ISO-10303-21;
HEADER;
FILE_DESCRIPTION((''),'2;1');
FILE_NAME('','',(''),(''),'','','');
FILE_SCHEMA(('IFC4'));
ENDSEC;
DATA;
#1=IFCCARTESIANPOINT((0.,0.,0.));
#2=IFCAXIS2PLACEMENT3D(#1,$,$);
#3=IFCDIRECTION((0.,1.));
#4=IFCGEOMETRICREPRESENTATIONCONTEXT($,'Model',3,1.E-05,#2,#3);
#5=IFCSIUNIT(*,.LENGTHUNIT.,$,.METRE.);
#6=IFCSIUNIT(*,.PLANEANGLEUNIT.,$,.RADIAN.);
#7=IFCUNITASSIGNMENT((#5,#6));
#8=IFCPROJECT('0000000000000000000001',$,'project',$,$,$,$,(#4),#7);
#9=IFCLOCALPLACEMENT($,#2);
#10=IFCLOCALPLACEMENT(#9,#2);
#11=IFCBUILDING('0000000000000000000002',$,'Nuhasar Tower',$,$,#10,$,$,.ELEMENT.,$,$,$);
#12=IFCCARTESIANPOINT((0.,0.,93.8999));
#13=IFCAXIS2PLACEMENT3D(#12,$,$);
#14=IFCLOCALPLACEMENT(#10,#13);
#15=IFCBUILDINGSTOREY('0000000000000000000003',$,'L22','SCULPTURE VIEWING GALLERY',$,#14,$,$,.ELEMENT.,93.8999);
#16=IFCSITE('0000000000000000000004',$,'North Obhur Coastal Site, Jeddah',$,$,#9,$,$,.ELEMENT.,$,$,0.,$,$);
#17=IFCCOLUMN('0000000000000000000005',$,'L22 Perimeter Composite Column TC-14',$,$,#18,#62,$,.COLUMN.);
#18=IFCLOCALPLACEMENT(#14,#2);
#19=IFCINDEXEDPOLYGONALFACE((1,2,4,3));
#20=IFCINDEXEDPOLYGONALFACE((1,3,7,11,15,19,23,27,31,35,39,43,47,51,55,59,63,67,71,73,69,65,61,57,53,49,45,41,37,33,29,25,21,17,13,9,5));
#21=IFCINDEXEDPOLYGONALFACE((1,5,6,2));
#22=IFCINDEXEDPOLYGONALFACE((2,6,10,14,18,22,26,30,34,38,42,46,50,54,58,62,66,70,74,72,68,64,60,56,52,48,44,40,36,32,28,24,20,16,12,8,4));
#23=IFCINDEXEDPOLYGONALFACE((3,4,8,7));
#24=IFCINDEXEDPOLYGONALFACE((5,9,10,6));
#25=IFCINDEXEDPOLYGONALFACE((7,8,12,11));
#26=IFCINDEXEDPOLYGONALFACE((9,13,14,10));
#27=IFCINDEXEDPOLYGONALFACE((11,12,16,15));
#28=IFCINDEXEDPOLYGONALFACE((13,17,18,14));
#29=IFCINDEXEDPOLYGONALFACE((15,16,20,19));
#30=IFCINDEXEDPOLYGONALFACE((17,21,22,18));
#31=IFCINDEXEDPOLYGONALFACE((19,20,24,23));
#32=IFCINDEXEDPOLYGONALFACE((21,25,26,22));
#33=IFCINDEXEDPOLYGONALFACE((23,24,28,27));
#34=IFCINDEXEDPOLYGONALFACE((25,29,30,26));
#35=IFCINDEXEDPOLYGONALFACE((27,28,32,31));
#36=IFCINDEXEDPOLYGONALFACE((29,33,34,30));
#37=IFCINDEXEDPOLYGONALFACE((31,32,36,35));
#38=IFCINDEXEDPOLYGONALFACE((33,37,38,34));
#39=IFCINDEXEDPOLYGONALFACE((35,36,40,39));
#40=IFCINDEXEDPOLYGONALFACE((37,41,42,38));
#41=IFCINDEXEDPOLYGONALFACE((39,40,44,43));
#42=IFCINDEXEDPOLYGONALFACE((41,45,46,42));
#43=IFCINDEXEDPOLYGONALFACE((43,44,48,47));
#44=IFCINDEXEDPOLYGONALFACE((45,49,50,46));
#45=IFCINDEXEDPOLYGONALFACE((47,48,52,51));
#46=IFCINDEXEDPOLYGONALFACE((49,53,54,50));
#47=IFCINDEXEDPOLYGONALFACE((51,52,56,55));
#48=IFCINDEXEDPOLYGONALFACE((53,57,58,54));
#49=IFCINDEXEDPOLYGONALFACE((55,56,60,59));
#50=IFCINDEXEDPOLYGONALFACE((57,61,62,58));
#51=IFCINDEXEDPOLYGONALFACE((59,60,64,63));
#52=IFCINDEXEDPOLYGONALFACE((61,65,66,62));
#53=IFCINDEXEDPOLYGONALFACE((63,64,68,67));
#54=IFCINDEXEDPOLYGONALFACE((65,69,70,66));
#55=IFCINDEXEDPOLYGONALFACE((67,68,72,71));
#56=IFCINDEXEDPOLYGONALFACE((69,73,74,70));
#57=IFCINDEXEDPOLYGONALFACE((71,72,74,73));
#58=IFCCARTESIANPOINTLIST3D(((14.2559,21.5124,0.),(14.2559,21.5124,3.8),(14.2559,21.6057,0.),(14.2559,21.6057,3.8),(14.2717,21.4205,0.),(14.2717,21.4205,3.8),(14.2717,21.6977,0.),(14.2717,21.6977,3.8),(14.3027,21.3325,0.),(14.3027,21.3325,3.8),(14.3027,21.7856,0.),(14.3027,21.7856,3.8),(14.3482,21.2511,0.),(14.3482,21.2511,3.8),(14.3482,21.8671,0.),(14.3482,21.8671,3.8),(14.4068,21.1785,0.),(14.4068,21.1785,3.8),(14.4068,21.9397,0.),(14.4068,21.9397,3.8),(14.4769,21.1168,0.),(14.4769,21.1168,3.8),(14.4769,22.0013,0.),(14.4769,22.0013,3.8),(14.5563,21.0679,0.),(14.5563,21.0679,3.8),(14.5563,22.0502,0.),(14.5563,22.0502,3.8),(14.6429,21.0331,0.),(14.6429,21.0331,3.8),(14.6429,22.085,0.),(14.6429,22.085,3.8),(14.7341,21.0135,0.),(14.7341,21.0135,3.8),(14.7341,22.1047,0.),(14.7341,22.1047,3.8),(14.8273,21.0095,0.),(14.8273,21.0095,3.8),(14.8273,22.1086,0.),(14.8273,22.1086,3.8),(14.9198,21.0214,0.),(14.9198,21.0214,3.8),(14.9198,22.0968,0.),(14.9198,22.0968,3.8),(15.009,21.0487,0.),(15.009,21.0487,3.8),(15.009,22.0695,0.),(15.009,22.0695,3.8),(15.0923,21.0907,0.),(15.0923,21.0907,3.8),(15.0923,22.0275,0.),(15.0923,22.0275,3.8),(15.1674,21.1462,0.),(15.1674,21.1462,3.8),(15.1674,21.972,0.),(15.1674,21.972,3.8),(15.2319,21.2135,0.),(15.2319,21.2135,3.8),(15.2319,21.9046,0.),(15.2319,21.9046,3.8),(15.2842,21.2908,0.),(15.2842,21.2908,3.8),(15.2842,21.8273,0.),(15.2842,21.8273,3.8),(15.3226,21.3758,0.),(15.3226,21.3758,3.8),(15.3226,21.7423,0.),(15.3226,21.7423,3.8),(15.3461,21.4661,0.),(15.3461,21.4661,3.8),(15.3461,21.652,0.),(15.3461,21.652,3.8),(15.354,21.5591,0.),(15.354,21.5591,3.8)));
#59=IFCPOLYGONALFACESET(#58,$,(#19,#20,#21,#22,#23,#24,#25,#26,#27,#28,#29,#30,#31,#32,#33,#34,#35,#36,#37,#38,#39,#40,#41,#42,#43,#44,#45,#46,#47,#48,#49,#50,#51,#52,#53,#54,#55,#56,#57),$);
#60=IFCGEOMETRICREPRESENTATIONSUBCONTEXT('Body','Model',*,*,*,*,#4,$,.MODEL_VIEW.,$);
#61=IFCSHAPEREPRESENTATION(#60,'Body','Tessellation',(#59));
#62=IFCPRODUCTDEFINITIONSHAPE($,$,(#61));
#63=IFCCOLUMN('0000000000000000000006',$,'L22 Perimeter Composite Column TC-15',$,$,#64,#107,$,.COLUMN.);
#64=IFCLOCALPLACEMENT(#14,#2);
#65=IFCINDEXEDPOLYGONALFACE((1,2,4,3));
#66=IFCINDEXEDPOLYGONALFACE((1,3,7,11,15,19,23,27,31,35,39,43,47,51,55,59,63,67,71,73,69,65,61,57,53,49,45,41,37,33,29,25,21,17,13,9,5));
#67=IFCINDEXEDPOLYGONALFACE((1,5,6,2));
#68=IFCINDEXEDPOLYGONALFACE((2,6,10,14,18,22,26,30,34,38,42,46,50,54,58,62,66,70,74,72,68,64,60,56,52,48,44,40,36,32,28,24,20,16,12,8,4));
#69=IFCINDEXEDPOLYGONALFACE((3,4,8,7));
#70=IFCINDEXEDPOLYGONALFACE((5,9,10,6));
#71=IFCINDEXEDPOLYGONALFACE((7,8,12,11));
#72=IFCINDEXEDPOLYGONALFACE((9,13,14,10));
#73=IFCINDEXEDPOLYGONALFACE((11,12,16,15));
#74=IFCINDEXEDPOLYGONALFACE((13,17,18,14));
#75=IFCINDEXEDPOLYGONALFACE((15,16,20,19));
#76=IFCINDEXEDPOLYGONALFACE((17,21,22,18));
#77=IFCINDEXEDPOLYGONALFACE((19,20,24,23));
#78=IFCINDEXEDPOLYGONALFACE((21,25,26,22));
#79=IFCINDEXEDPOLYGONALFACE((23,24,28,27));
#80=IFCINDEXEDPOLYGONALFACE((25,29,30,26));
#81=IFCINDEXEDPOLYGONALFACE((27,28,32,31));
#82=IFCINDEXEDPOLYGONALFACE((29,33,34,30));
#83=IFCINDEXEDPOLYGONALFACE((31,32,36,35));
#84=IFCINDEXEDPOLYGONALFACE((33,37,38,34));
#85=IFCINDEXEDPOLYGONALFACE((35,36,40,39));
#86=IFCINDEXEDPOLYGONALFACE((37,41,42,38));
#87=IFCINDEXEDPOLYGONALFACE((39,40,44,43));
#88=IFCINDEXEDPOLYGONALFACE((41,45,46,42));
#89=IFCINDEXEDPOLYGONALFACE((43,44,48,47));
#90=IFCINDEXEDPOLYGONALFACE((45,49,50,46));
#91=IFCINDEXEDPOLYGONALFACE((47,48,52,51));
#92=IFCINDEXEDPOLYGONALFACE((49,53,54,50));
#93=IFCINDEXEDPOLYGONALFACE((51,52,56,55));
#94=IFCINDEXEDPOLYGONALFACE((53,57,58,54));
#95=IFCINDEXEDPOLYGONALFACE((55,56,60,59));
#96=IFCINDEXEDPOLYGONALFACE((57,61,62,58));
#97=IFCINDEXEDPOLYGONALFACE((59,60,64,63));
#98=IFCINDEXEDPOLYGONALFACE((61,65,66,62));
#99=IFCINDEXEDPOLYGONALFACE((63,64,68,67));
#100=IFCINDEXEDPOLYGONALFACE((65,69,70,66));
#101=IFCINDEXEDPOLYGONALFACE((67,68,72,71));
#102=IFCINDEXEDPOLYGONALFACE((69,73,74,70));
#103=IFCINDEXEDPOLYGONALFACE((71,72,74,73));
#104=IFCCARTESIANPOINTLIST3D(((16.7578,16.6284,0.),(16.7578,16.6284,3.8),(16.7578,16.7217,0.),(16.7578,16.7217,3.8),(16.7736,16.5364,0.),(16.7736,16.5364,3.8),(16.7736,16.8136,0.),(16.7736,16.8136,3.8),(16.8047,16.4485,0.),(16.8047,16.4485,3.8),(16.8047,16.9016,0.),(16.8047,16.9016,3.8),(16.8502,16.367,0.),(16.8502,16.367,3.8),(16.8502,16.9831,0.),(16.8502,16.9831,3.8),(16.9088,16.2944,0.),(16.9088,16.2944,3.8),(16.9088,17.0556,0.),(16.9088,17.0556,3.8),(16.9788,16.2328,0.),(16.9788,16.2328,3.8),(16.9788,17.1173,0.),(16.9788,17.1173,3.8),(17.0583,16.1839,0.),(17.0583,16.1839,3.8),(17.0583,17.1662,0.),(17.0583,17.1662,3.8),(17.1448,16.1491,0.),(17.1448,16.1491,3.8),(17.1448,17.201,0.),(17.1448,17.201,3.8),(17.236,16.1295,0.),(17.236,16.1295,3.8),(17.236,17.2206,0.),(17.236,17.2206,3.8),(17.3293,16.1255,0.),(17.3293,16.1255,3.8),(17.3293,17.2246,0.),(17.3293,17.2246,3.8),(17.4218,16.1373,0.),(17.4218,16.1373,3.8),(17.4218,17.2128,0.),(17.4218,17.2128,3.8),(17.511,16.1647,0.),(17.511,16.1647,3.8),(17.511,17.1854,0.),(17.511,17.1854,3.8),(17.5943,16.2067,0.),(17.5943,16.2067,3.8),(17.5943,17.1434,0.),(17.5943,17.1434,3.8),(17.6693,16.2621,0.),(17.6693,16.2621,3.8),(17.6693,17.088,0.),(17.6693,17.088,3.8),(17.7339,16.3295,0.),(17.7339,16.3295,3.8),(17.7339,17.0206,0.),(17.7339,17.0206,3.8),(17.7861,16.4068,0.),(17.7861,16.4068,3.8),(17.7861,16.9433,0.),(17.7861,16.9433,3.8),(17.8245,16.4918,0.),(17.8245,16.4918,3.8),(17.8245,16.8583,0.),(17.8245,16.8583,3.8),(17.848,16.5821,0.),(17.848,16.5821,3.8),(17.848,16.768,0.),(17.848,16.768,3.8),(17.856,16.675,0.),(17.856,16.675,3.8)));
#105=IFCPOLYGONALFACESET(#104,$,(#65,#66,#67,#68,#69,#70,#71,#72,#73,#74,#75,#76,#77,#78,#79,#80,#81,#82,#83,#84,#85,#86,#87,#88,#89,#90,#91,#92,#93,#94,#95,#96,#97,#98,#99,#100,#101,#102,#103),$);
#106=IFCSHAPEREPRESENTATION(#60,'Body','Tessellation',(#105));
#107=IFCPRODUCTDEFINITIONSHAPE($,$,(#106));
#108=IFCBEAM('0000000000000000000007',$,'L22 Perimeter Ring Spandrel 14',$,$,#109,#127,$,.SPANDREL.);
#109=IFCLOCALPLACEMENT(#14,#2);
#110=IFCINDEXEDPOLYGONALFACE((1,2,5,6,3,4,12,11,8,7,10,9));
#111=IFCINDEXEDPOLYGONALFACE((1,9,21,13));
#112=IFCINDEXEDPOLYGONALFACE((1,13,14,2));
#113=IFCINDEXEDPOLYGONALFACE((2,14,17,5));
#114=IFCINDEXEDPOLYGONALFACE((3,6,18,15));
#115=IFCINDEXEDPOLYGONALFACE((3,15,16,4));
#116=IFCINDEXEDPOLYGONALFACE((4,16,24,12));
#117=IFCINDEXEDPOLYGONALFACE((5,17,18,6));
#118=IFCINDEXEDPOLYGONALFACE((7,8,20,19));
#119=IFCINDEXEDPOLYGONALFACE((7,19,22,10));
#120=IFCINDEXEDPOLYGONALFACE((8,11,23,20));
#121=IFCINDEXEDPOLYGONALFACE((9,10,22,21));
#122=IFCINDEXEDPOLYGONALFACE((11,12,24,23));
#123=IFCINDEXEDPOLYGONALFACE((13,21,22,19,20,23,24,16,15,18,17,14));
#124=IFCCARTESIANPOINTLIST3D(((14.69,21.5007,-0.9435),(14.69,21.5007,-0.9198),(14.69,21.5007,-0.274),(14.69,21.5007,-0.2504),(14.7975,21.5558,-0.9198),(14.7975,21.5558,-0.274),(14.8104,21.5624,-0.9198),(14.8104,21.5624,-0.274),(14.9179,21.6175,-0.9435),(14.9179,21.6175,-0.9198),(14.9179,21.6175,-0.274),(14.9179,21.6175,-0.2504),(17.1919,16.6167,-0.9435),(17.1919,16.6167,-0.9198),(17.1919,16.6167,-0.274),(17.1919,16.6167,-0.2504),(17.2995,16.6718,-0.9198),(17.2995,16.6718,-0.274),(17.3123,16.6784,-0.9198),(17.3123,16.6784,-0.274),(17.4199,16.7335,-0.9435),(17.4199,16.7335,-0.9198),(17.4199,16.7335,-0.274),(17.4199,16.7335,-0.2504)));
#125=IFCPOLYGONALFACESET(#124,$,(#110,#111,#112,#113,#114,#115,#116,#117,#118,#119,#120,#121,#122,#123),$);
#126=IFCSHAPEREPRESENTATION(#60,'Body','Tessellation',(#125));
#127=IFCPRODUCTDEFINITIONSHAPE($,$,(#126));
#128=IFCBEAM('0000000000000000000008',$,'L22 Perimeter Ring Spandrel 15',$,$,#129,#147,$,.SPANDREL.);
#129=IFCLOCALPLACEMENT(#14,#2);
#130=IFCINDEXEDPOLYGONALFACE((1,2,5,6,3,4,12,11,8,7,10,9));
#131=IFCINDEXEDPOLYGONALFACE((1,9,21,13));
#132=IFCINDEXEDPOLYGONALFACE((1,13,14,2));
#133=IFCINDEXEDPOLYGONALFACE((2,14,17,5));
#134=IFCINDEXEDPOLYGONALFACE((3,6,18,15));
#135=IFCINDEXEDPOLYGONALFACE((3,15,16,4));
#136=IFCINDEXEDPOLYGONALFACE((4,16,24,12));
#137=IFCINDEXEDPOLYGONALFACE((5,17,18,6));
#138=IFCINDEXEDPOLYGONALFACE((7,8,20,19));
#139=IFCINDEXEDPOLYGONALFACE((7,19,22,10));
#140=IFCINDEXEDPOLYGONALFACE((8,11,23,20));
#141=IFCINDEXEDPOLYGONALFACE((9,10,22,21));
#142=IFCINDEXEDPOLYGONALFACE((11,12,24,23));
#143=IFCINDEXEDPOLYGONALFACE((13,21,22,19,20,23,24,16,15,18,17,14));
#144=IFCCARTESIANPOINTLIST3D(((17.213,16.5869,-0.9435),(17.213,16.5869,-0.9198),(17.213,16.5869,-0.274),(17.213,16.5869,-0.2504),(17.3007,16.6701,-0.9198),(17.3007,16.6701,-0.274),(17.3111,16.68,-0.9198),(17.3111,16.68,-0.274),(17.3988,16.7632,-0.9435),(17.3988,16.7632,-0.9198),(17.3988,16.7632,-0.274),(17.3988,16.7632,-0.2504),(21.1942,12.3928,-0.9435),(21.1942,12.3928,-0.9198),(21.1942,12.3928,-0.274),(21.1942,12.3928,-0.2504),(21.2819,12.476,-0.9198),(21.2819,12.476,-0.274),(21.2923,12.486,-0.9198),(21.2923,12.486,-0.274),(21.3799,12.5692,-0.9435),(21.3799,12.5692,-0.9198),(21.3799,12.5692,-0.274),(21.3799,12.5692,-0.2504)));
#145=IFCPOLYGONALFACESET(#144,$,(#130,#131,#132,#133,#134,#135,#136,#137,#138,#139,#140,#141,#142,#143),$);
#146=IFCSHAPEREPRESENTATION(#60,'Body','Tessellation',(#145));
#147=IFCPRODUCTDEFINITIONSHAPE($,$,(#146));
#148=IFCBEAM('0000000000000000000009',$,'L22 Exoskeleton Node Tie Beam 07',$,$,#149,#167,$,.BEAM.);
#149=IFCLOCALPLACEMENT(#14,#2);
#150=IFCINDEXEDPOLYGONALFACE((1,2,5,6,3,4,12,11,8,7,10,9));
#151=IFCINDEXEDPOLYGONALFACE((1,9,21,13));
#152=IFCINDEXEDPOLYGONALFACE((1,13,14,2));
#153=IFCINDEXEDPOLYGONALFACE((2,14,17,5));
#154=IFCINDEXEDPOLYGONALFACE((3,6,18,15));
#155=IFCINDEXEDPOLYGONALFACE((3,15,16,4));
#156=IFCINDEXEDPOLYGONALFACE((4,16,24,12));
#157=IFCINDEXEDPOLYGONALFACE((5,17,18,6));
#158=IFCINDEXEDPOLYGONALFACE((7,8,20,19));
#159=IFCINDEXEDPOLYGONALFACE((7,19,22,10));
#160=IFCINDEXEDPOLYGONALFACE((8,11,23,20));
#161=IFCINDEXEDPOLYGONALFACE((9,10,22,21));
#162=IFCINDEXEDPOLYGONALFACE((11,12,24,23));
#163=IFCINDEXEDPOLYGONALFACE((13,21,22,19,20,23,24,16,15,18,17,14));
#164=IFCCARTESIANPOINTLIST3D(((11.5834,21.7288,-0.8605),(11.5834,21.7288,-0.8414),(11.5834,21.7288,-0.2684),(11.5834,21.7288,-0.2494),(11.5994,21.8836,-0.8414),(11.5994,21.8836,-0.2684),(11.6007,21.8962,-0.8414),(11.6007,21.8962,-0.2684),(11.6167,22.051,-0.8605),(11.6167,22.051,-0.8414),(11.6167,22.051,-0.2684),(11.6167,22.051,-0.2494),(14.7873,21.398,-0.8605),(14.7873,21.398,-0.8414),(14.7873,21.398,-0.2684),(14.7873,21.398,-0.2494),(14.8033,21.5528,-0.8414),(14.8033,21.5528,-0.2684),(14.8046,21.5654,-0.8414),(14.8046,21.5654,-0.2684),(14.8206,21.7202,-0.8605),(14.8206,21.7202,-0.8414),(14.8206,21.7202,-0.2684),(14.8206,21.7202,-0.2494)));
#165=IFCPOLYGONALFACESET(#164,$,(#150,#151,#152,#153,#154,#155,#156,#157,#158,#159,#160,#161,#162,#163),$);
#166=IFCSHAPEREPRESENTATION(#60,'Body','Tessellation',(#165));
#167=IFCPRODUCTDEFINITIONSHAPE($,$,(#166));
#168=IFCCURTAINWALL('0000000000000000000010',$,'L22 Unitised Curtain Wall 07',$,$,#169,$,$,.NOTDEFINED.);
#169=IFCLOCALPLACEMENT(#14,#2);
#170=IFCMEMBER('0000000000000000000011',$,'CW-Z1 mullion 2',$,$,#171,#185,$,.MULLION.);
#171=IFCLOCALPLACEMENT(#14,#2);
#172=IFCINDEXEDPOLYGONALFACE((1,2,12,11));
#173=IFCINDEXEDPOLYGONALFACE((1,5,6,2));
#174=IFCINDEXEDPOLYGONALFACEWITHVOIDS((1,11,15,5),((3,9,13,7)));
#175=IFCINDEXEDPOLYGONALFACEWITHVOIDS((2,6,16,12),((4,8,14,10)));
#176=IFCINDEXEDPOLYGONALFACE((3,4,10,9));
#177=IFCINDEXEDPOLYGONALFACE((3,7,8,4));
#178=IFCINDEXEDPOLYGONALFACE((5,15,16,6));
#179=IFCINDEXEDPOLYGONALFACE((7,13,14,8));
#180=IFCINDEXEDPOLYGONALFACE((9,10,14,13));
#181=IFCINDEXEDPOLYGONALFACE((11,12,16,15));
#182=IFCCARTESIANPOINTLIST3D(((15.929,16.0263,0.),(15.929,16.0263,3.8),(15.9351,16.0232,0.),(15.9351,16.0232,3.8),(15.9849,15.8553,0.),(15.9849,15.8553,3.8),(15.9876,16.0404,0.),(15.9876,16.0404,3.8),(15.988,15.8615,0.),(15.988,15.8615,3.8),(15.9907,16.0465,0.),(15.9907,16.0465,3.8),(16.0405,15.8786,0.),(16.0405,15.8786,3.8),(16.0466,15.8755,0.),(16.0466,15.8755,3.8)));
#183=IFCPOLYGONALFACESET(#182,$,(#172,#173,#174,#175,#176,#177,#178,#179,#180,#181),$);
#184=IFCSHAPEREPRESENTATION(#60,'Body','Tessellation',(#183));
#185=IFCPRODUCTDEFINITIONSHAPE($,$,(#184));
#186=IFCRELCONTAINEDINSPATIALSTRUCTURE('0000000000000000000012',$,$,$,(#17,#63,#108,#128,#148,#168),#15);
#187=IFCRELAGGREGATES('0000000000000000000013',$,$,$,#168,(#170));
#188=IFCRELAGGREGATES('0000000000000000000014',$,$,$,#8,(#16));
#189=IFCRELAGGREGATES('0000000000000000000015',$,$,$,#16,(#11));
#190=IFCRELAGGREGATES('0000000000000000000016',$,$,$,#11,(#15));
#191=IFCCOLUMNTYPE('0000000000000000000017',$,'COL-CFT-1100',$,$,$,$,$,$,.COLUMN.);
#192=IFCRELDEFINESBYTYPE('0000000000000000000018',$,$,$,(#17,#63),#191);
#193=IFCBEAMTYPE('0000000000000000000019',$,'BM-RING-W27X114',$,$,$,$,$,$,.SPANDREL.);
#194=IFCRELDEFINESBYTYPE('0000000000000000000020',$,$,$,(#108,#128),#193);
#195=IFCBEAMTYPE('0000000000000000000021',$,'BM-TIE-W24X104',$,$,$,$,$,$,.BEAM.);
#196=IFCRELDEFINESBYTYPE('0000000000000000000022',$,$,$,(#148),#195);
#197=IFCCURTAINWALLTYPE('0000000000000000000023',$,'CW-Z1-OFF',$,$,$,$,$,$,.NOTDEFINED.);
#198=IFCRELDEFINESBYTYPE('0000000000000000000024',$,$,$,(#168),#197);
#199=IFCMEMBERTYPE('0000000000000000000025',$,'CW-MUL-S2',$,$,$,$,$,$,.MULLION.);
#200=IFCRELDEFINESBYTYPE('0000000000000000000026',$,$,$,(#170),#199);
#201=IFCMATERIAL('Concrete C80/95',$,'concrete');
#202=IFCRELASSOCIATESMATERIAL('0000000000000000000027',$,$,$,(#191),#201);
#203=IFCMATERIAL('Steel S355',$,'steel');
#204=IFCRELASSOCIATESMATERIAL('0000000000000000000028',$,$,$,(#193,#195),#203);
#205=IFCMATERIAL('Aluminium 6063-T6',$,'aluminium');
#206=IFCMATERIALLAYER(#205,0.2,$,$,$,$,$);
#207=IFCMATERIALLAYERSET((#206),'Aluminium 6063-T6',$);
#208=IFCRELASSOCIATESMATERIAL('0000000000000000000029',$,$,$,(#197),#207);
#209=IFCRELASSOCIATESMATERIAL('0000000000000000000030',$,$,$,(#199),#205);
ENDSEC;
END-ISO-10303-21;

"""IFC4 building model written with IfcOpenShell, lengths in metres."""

from ifc_helpers import new_model, si_unit, direction, frame, origin, origin_2d, place, context, subcontext, project, spatial, hollow_rectangle, circle, i_section, extrude, material, layer, layer_set, material_profile, profile_set, type_object, element, aggregate, save


model = new_model("IFC4")

# Units and contexts
model_context = context("Model", 3, precision=1e-05, world=origin(), true_north=direction((0.0, 1.0)))
body_context = subcontext(model_context, "Body", "Model", "MODEL_VIEW")
ifc_project = project(units=[si_unit("LENGTHUNIT", "METRE"), si_unit("PLANEANGLEUNIT", "RADIAN")], contexts=[model_context])

# Site, building, storey
site_placement = place(None, origin())
site = spatial("IfcSite", under=ifc_project, at=site_placement, Name="North Obhur Coastal Site, Jeddah", CompositionType="ELEMENT", RefElevation=0.0)
building_placement = place(site_placement, origin())
building = spatial("IfcBuilding", under=site, at=building_placement, Name="Nuhasar Tower", CompositionType="ELEMENT")
storey_placement = place(building_placement, frame((0.0, 0.0, 93.8999)))
storey = spatial("IfcBuildingStorey", under=building, at=storey_placement, Name="L22", Description="SCULPTURE VIEWING GALLERY", CompositionType="ELEMENT", Elevation=93.8999)

# Columns
ifc_material_1 = material(Name="Concrete C80/95", Category="concrete")
ifc_material_profile_1 = material_profile(ifc_material_1, circle(Radius=0.55, at=origin_2d()), Name="CFT1100")
ifc_profile_set_1 = profile_set([ifc_material_profile_1], Name="Concrete C80/95")
column_type = type_object("IfcColumnType", Name="COL-CFT-1100", PredefinedType="COLUMN", material=ifc_profile_set_1)
for number, where, z_axis, x_axis, name in (
    (1, (14.804, 21.5591, 0.0), (0.0, 0.0, 1.0), (1.0, 0.0, 0.0), "L22 Perimeter Composite Column TC-14"),
    (2, (17.3059, 16.675, 0.0), (0.0, 0.0, 1.0), (1.0, 0.0, 0.0), "L22 Perimeter Composite Column TC-15"),
):
    element("IfcColumn", number, at=place(storey_placement, frame(where, z_axis=z_axis, x_axis=x_axis)), inside=storey, type_object=column_type, Name=name, PredefinedType="COLUMN", context=body_context, shape_type="SweptSolid", body=[
        extrude(circle(Radius=0.55, at=origin_2d()), origin(), (0.0, 0.0, 1.0), 3.8),
    ])

# Beams
ifc_material_2 = material(Name="Steel S355", Category="steel")
ifc_material_profile_2 = material_profile(ifc_material_2, i_section(OverallWidth=0.2561, OverallDepth=0.6931, WebThickness=0.0144, FlangeThickness=0.0237, at=origin_2d()), Name="W27X114")
ifc_profile_set_2 = profile_set([ifc_material_profile_2], Name="Steel S355")
beam_type_1 = type_object("IfcBeamType", Name="BM-RING-W27X114", PredefinedType="SPANDREL", material=ifc_profile_set_2)
beam_1_placement = place(storey_placement, frame((14.804, 21.5591, -0.5969), z_axis=(0.45593, -0.890016, 0.0), x_axis=(0.890016, 0.45593, 0.0)))
element("IfcBeam", 3, at=beam_1_placement, inside=storey, type_object=beam_type_1, Name="L22 Perimeter Ring Spandrel 14", PredefinedType="SPANDREL", context=body_context, shape_type="SweptSolid", body=[
    extrude(i_section(OverallWidth=0.2561, OverallDepth=0.6931, WebThickness=0.0144, FlangeThickness=0.0237, at=origin_2d()), origin(), (0.0, 0.0, 1.0), 5.4875),
])
beam_2_placement = place(storey_placement, frame((17.3059, 16.675, -0.5969), z_axis=(0.68846, -0.725274, 0.0), x_axis=(0.725274, 0.68846, 0.0)))
element("IfcBeam", 4, at=beam_2_placement, inside=storey, type_object=beam_type_1, Name="L22 Perimeter Ring Spandrel 15", PredefinedType="SPANDREL", context=body_context, shape_type="SweptSolid", body=[
    extrude(i_section(OverallWidth=0.2561, OverallDepth=0.6931, WebThickness=0.0144, FlangeThickness=0.0237, at=origin_2d()), origin(), (0.0, 0.0, 1.0), 5.7827),
])
ifc_material_profile_3 = material_profile(ifc_material_2, i_section(OverallWidth=0.324, OverallDepth=0.6111, WebThickness=0.0127, FlangeThickness=0.019, at=origin_2d()), Name="W24X104")
ifc_profile_set_3 = profile_set([ifc_material_profile_3], Name="Steel S355")
beam_type_2 = type_object("IfcBeamType", Name="BM-TIE-W24X104", PredefinedType="BEAM", material=ifc_profile_set_3)
beam_3_placement = place(storey_placement, frame((14.804, 21.5591, -0.5549), z_axis=(-0.994712, 0.102708, 0.0), x_axis=(-0.102708, -0.994712, 0.0)))
element("IfcBeam", 5, at=beam_3_placement, inside=storey, type_object=beam_type_2, Name="L22 Exoskeleton Node Tie Beam 07", PredefinedType="BEAM", context=body_context, shape_type="SweptSolid", body=[
    extrude(i_section(OverallWidth=0.324, OverallDepth=0.6111, WebThickness=0.0127, FlangeThickness=0.019, at=origin_2d()), origin(), (0.0, 0.0, 1.0), 3.2209),
])

# Curtain wall, member
ifc_material_3 = material(Name="Aluminium 6063-T6", Category="aluminium")
ifc_layer_1 = layer(ifc_material_3, 0.2)
ifc_layer_set_1 = layer_set([ifc_layer_1], Name="Aluminium 6063-T6")
curtain_wall_type = type_object("IfcCurtainWallType", Name="CW-Z1-OFF", PredefinedType="NOTDEFINED", material=ifc_layer_set_1)
curtain_wall_1_placement = place(storey_placement, origin())
curtain_wall_1 = element("IfcCurtainWall", 6, at=curtain_wall_1_placement, inside=storey, type_object=curtain_wall_type, Name="L22 Unitised Curtain Wall 07", PredefinedType="NOTDEFINED")
ifc_material_profile_4 = material_profile(ifc_material_3, hollow_rectangle(XDim=0.0649, YDim=0.1799, WallThickness=0.0049, at=origin_2d()), Name="CWM-2")
ifc_profile_set_4 = profile_set([ifc_material_profile_4], Name="Aluminium 6063-T6")
member_type_1 = type_object("IfcMemberType", Name="CW-MUL-S2", PredefinedType="MULLION", material=ifc_profile_set_4)
member_1_placement = place(storey_placement, frame((15.9878, 15.9509, 0.0), z_axis=(0.0, 0.0, 1.0), x_axis=(0.950468, 0.310824, 0.0)))
member_1 = element("IfcMember", 7, at=member_1_placement, type_object=member_type_1, Name="CW-Z1 mullion 2", PredefinedType="MULLION", context=body_context, shape_type="SweptSolid", body=[
    extrude(hollow_rectangle(XDim=0.0649, YDim=0.1799, WallThickness=0.0049, at=origin_2d()), origin(), (0.0, 0.0, 1.0), 3.8),
])

aggregate(curtain_wall_1, [member_1])

save(model, "model.ifc")
